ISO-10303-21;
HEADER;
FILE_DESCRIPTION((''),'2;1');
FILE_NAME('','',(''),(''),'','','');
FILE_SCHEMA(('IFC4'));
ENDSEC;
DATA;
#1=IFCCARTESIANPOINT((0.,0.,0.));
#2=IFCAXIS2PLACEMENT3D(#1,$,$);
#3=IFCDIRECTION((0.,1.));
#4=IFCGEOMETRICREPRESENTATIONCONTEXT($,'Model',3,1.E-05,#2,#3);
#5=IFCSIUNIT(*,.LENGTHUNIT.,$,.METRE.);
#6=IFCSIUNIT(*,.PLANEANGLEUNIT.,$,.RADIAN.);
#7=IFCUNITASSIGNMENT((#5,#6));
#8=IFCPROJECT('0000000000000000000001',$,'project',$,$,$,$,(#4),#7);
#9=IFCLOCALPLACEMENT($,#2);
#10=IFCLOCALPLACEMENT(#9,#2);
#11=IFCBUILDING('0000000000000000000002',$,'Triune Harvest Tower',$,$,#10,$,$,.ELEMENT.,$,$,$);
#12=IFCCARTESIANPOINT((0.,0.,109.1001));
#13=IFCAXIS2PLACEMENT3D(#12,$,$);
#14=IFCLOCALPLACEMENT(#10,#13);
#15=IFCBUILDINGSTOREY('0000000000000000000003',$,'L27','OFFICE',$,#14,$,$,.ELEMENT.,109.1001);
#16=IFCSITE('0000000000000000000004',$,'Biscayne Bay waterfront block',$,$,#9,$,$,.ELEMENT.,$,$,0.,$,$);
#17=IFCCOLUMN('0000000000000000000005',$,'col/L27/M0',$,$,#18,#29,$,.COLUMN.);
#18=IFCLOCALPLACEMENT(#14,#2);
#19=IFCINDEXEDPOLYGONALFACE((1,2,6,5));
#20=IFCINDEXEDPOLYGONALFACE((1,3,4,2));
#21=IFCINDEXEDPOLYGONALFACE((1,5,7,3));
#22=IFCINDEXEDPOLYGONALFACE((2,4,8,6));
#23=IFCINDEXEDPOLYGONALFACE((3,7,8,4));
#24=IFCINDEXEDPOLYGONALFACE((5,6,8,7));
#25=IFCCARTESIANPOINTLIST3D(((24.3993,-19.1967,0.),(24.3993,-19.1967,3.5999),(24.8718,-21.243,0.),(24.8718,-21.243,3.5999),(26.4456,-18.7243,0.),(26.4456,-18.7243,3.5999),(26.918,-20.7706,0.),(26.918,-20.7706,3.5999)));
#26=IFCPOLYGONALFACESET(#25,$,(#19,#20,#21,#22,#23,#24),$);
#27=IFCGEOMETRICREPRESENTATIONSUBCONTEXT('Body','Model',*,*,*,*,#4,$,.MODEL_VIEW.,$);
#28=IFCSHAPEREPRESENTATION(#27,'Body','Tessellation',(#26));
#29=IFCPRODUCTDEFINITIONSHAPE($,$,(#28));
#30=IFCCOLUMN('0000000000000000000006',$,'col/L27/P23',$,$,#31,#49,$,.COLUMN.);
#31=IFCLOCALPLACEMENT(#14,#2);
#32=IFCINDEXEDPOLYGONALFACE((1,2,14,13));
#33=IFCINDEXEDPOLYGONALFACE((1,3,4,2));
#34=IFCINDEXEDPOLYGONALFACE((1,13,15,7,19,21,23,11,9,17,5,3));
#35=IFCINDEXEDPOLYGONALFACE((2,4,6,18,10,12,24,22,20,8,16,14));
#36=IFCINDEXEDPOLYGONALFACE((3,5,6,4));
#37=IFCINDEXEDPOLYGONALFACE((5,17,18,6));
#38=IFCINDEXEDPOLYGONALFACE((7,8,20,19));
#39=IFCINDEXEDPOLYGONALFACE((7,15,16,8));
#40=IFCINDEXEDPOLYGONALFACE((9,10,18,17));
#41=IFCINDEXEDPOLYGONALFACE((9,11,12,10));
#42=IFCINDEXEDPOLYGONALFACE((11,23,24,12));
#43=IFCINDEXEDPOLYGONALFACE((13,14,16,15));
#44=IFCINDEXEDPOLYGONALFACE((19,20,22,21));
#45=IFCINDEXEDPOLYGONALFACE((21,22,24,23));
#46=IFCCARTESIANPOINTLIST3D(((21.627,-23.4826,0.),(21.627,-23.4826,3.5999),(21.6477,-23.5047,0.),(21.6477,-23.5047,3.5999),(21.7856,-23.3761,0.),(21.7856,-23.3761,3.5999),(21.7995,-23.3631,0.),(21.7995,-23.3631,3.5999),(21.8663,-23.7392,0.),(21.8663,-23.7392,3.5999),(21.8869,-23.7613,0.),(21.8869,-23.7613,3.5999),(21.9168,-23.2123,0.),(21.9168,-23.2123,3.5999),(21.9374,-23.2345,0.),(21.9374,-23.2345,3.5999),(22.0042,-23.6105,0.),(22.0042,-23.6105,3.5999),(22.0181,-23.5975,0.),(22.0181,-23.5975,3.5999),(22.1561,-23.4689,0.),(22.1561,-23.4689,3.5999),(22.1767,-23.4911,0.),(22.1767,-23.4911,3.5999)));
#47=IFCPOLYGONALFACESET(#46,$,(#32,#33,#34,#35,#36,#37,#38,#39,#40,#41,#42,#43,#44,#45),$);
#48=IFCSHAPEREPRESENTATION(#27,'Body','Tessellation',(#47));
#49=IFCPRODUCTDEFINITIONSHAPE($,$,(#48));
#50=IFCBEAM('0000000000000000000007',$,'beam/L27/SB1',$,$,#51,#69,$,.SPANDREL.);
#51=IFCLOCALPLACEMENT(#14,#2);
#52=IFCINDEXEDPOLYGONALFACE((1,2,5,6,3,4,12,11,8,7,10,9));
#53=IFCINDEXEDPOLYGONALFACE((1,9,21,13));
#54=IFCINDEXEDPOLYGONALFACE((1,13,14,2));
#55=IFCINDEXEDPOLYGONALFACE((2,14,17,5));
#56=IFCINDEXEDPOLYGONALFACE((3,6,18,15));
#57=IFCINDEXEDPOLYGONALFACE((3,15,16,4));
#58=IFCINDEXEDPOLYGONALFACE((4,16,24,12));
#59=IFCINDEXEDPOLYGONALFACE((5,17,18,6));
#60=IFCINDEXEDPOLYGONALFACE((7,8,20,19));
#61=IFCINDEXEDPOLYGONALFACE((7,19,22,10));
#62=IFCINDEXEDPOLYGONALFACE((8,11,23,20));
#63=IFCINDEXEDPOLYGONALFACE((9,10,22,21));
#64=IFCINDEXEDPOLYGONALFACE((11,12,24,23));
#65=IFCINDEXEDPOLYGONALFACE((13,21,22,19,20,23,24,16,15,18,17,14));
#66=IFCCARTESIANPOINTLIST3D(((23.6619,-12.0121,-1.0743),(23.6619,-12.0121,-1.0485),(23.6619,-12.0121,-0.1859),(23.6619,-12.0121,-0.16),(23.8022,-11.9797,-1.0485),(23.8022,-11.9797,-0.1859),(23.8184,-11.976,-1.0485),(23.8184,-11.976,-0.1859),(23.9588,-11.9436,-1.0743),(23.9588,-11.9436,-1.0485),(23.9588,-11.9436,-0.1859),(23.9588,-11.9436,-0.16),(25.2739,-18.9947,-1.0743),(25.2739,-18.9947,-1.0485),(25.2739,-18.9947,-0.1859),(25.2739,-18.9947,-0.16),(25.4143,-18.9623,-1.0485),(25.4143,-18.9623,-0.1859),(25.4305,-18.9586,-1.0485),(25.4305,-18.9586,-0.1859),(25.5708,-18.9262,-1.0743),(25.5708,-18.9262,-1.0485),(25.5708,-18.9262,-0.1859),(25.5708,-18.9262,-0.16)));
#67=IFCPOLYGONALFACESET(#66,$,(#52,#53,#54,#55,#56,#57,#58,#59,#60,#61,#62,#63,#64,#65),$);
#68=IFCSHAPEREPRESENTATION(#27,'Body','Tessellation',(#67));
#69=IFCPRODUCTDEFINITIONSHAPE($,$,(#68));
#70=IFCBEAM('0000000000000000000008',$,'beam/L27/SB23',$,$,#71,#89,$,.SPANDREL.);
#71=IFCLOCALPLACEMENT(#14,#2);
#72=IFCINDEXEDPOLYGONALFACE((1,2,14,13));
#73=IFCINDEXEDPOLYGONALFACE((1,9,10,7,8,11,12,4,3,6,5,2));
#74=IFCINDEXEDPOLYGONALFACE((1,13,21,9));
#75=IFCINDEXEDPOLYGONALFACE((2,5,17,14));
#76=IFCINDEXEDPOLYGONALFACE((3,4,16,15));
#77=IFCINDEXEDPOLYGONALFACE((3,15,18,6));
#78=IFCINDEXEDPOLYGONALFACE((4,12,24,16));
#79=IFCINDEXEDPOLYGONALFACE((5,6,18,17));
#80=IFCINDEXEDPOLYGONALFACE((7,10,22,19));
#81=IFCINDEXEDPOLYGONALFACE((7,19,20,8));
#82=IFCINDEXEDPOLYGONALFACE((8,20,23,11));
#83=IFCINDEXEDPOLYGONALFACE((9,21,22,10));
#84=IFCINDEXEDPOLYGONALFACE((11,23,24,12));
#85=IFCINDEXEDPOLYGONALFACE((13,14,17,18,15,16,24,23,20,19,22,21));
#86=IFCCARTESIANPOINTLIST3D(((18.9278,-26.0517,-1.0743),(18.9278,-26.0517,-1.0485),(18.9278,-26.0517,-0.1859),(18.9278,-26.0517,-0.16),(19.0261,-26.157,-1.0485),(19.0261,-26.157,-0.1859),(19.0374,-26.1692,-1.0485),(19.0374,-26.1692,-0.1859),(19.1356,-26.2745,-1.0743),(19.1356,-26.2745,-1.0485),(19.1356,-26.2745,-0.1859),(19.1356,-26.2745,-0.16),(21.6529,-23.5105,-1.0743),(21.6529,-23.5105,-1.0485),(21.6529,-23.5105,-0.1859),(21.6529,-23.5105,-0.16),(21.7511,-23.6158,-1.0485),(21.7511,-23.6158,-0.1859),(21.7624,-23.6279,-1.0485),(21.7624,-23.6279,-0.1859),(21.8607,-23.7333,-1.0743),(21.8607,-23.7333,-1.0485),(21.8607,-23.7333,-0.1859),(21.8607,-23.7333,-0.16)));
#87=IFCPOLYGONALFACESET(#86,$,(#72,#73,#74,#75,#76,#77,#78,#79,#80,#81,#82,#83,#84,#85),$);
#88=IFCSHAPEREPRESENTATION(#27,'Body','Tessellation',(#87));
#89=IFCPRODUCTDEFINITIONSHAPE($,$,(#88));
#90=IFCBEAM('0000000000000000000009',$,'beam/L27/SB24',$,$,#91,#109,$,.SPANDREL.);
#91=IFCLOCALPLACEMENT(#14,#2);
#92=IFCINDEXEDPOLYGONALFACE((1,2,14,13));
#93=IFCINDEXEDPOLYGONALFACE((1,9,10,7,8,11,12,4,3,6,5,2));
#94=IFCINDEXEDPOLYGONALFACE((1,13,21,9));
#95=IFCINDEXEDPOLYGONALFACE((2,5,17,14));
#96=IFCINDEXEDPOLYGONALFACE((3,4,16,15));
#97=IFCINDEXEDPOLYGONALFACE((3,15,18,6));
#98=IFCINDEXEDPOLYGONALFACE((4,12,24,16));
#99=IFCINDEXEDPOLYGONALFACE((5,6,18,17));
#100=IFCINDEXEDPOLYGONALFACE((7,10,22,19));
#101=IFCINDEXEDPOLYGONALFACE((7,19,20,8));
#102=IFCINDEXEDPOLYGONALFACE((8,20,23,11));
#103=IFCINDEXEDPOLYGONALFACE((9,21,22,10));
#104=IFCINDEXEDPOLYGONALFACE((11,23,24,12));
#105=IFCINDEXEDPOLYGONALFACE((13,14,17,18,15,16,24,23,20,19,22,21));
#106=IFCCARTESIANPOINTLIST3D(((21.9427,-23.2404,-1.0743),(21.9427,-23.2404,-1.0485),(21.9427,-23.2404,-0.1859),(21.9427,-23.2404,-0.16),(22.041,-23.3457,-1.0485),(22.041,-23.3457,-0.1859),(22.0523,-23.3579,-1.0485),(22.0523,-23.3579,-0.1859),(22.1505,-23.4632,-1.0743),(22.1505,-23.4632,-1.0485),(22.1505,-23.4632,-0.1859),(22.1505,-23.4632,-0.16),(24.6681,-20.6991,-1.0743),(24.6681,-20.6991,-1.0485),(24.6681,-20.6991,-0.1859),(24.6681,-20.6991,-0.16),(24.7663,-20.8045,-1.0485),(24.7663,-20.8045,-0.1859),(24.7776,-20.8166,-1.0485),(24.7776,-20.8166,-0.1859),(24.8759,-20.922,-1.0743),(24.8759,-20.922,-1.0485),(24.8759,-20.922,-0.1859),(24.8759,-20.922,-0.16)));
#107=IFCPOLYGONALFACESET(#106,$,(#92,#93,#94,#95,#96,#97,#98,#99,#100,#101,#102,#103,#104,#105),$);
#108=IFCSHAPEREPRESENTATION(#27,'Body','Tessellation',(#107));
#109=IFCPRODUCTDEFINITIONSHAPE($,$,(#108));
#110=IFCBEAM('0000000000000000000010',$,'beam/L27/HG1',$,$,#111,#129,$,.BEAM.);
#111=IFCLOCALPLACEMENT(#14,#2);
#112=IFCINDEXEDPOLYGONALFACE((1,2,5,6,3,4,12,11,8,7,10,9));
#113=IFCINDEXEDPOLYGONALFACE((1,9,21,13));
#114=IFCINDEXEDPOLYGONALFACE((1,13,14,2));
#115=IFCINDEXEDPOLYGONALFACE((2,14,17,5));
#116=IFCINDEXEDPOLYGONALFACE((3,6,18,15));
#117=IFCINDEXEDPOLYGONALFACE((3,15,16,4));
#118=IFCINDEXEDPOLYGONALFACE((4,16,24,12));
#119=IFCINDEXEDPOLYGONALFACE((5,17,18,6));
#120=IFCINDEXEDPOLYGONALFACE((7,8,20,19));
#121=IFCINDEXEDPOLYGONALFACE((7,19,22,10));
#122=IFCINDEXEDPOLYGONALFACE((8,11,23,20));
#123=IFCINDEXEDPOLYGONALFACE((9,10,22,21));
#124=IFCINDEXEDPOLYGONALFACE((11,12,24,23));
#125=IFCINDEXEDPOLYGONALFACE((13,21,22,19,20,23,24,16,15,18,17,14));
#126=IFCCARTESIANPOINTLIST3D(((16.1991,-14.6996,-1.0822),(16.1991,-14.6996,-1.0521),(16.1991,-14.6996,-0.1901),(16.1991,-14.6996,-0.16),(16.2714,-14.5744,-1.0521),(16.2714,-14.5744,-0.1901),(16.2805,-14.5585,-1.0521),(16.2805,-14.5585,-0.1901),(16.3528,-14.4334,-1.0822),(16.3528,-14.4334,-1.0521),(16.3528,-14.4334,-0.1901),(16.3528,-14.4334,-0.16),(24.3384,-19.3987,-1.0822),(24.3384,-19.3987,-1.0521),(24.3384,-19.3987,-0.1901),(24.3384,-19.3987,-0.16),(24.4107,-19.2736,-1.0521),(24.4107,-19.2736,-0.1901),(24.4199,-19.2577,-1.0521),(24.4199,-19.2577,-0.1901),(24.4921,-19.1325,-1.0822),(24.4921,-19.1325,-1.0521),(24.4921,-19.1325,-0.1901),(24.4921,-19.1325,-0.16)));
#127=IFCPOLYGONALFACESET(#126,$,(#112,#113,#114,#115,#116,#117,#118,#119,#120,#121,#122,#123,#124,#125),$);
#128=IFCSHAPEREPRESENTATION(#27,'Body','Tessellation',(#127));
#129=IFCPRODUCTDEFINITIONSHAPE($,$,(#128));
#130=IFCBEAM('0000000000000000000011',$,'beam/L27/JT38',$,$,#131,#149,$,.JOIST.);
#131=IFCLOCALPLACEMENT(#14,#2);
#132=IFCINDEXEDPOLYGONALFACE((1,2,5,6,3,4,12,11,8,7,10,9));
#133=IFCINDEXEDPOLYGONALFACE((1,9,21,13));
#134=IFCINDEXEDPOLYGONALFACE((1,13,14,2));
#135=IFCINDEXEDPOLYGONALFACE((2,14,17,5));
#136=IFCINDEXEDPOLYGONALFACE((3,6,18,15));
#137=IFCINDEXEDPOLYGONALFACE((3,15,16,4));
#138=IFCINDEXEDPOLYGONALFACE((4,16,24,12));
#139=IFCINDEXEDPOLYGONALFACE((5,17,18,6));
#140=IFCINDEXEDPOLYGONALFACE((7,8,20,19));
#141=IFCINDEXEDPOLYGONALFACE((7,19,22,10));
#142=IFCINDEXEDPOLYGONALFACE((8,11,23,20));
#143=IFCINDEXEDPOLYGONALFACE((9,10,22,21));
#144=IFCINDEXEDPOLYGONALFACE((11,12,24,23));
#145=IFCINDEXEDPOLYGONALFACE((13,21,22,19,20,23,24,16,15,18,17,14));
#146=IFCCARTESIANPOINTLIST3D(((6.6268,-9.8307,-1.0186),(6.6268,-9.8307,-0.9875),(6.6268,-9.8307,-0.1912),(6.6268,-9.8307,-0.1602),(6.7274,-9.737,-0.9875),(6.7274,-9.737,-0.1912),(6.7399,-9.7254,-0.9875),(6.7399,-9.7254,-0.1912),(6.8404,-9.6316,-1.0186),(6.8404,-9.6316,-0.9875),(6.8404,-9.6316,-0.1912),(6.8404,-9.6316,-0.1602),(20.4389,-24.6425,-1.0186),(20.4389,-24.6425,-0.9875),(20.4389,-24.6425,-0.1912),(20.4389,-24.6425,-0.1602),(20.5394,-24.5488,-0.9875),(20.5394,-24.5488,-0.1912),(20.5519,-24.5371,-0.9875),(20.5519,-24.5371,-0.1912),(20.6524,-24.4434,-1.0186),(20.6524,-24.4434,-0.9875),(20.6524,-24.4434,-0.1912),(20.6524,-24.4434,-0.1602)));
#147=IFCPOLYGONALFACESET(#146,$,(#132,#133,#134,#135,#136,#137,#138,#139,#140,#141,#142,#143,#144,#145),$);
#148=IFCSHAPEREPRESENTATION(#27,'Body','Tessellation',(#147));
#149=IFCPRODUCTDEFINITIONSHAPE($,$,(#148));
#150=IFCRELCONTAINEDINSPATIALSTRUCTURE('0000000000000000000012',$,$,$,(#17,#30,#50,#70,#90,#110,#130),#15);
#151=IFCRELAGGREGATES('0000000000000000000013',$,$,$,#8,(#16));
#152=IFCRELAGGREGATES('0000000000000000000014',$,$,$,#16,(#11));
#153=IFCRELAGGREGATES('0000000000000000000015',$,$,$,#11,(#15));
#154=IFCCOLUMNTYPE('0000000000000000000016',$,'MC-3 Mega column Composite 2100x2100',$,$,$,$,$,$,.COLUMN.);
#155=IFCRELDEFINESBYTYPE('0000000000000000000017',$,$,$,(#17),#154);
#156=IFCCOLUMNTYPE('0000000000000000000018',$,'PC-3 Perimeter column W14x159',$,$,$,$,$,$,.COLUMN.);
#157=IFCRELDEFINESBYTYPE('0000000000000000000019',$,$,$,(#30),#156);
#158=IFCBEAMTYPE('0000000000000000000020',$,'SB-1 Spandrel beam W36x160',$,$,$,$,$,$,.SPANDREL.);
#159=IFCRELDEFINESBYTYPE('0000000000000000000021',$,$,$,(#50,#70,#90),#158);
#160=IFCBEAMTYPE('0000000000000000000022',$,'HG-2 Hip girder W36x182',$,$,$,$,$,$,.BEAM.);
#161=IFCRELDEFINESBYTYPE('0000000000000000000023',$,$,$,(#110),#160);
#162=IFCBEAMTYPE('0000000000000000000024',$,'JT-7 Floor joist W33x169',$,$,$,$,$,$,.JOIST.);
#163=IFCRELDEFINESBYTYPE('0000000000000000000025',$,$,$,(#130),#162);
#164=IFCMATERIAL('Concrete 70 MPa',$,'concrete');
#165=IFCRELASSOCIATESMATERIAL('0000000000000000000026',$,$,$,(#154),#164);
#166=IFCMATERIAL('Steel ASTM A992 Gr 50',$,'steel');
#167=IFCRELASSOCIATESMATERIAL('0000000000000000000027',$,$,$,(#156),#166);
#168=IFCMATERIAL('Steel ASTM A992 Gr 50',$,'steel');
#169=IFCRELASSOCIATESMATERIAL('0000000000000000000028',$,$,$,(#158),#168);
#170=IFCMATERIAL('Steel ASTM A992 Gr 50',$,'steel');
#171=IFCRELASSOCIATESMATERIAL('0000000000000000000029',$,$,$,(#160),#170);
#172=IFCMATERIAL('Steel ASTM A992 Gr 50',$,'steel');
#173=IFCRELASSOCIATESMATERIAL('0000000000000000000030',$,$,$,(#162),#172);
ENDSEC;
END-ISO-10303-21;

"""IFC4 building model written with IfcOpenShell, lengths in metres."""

from ifc_helpers import new_model, si_unit, direction, frame, origin, origin_2d, place, context, subcontext, project, spatial, rectangle, i_section, extrude, source, transform, mapped, material, material_profile, profile_set, type_object, element, save


model = new_model("IFC4")

# Units and contexts
model_context = context("Model", 3, precision=1e-05, world=origin(), true_north=direction((0.0, 1.0)))
body_context = subcontext(model_context, "Body", "Model", "MODEL_VIEW")
ifc_project = project(units=[si_unit("LENGTHUNIT", "METRE"), si_unit("PLANEANGLEUNIT", "RADIAN")], contexts=[model_context])

# Site, building, storey
site_placement = place(None, origin())
site = spatial("IfcSite", under=ifc_project, at=site_placement, Name="Biscayne Bay waterfront block", CompositionType="ELEMENT", RefElevation=0.0)
building_placement = place(site_placement, origin())
building = spatial("IfcBuilding", under=site, at=building_placement, Name="Triune Harvest Tower", CompositionType="ELEMENT")
storey_placement = place(building_placement, frame((0.0, 0.0, 109.1001)))
storey = spatial("IfcBuildingStorey", under=building, at=storey_placement, Name="L27", Description="OFFICE", CompositionType="ELEMENT", Elevation=109.1001)

# Columns
ifc_material_1 = material(Name="Concrete 70 MPa", Category="concrete")
ifc_material_profile_1 = material_profile(ifc_material_1, rectangle(XDim=2.1001, YDim=2.1001, at=origin_2d()), Name="Composite 2100x2100")
ifc_profile_set_1 = profile_set([ifc_material_profile_1], Name="Concrete 70 MPa")
column_type_1 = type_object("IfcColumnType", Name="MC-3 Mega column Composite 2100x2100", PredefinedType="COLUMN", material=ifc_profile_set_1)
shared_shape_1 = source(origin(), body_context, "Body", "SweptSolid", [
    extrude(rectangle(XDim=2.1001, YDim=2.1001, at=origin_2d()), origin(), (0.0, 0.0, 1.0), 3.5999),
])
column_1_placement = place(storey_placement, frame((25.6587, -19.9836, 0.0), z_axis=(0.0, 0.0, 1.0), x_axis=(-0.224953, 0.97437, 0.0)))
element("IfcColumn", 1, at=column_1_placement, inside=storey, type_object=column_type_1, Name="col/L27/M0", PredefinedType="COLUMN", context=body_context, shape_type="MappedRepresentation", body=[
    mapped(shared_shape_1, transform((0.0, 0.0, 0.0), scale=1.0)),
])
ifc_material_2 = material(Name="Steel ASTM A992 Gr 50", Category="steel")
ifc_material_profile_2 = material_profile(ifc_material_2, i_section(OverallWidth=0.3962, OverallDepth=0.3811, WebThickness=0.019, FlangeThickness=0.0303, at=origin_2d()), Name="W14x159")
ifc_profile_set_2 = profile_set([ifc_material_profile_2], Name="Steel ASTM A992 Gr 50")
column_type_2 = type_object("IfcColumnType", Name="PC-3 Perimeter column W14x159", PredefinedType="COLUMN", material=ifc_profile_set_2)
shared_shape_2 = source(origin(), body_context, "Body", "SweptSolid", [
    extrude(i_section(OverallWidth=0.3962, OverallDepth=0.3811, WebThickness=0.019, FlangeThickness=0.0303, at=origin_2d()), origin(), (0.0, 0.0, 1.0), 3.5999),
])
column_2_placement = place(storey_placement, frame((21.9019, -23.4868, 0.0), z_axis=(0.0, 0.0, 1.0), x_axis=(0.731354, 0.681998, 0.0)))
element("IfcColumn", 2, at=column_2_placement, inside=storey, type_object=column_type_2, Name="col/L27/P23", PredefinedType="COLUMN", context=body_context, shape_type="MappedRepresentation", body=[
    mapped(shared_shape_2, transform((0.0, 0.0, 0.0), scale=1.0)),
])

# Beams
ifc_material_3 = material(Name="Steel ASTM A992 Gr 50", Category="steel")
ifc_material_profile_3 = material_profile(ifc_material_3, i_section(OverallWidth=0.3047, OverallDepth=0.9143, WebThickness=0.0166, FlangeThickness=0.0259, at=origin_2d()), Name="W36x160")
ifc_profile_set_3 = profile_set([ifc_material_profile_3], Name="Steel ASTM A992 Gr 50")
beam_type_1 = type_object("IfcBeamType", Name="SB-1 Spandrel beam W36x160", PredefinedType="SPANDREL", material=ifc_profile_set_3)
shared_shape_3 = source(origin(), body_context, "Body", "SweptSolid", [
    extrude(i_section(OverallWidth=0.3047, OverallDepth=0.9143, WebThickness=0.0166, FlangeThickness=0.0259, at=origin_2d()), origin(), (0.0, 0.0, 1.0), 7.1663),
])
beam_1_placement = place(storey_placement, frame((25.4224, -18.9604, -0.6172), z_axis=(-0.224949, 0.974371, 0.0), x_axis=(-0.974371, -0.224949, 0.0)))
element("IfcBeam", 3, at=beam_1_placement, inside=storey, type_object=beam_type_1, Name="beam/L27/SB1", PredefinedType="SPANDREL", context=body_context, shape_type="MappedRepresentation", body=[
    mapped(shared_shape_3, transform((0.0, 0.0, 0.0), scale=1.0)),
])
shared_shape_4 = source(origin(), body_context, "Body", "SweptSolid", [
    extrude(i_section(OverallWidth=0.3047, OverallDepth=0.9143, WebThickness=0.0166, FlangeThickness=0.0259, at=origin_2d()), origin(), (0.0, 0.0, 1.0), 3.7261),
])
beam_2_placement = place(storey_placement, frame((19.0317, -26.1631, -0.6172), z_axis=(0.731345, 0.682008, 0.0), x_axis=(-0.682008, 0.731345, 0.0)))
element("IfcBeam", 4, at=beam_2_placement, inside=storey, type_object=beam_type_1, Name="beam/L27/SB23", PredefinedType="SPANDREL", context=body_context, shape_type="MappedRepresentation", body=[
    mapped(shared_shape_4, transform((0.0, 0.0, 0.0), scale=1.0)),
])
shared_shape_5 = source(origin(), body_context, "Body", "SweptSolid", [
    extrude(i_section(OverallWidth=0.3047, OverallDepth=0.9143, WebThickness=0.0166, FlangeThickness=0.0259, at=origin_2d()), origin(), (0.0, 0.0, 1.0), 3.7263),
])
beam_3_placement = place(storey_placement, frame((22.0466, -23.3518, -0.6172), z_axis=(0.731375, 0.681975, 0.0), x_axis=(-0.681975, 0.731375, 0.0)))
element("IfcBeam", 5, at=beam_3_placement, inside=storey, type_object=beam_type_1, Name="beam/L27/SB24", PredefinedType="SPANDREL", context=body_context, shape_type="MappedRepresentation", body=[
    mapped(shared_shape_5, transform((0.0, 0.0, 0.0), scale=1.0)),
])
ifc_material_4 = material(Name="Steel ASTM A992 Gr 50", Category="steel")
ifc_material_profile_4 = material_profile(ifc_material_4, i_section(OverallWidth=0.3074, OverallDepth=0.9221, WebThickness=0.0183, FlangeThickness=0.03, at=origin_2d()), Name="W36x182")
ifc_profile_set_4 = profile_set([ifc_material_profile_4], Name="Steel ASTM A992 Gr 50")
beam_type_2 = type_object("IfcBeamType", Name="HG-2 Hip girder W36x182", PredefinedType="BEAM", material=ifc_profile_set_4)
shared_shape_6 = source(origin(), body_context, "Body", "SweptSolid", [
    extrude(i_section(OverallWidth=0.3074, OverallDepth=0.9221, WebThickness=0.0183, FlangeThickness=0.03, at=origin_2d()), origin(), (0.0, 0.0, 1.0), 9.3984),
])
beam_4_placement = place(storey_placement, frame((24.4153, -19.2656, -0.6211), z_axis=(-0.866029, 0.499995, 0.0), x_axis=(-0.499995, -0.866029, 0.0)))
element("IfcBeam", 6, at=beam_4_placement, inside=storey, type_object=beam_type_2, Name="beam/L27/HG1", PredefinedType="BEAM", context=body_context, shape_type="MappedRepresentation", body=[
    mapped(shared_shape_6, transform((0.0, 0.0, 0.0), scale=1.0)),
])
ifc_material_5 = material(Name="Steel ASTM A992 Gr 50", Category="steel")
ifc_material_profile_5 = material_profile(ifc_material_5, i_section(OverallWidth=0.292, OverallDepth=0.8584, WebThickness=0.0171, FlangeThickness=0.031, at=origin_2d()), Name="W33x169")
ifc_profile_set_5 = profile_set([ifc_material_profile_5], Name="Steel ASTM A992 Gr 50")
beam_type_3 = type_object("IfcBeamType", Name="JT-7 Floor joist W33x169", PredefinedType="JOIST", material=ifc_profile_set_5)
shared_shape_7 = source(origin(), body_context, "Body", "SweptSolid", [
    extrude(i_section(OverallWidth=0.292, OverallDepth=0.8584, WebThickness=0.0171, FlangeThickness=0.031, at=origin_2d()), origin(), (0.0, 0.0, 1.0), 20.2524),
])
beam_5_placement = place(storey_placement, frame((20.5457, -24.543, -0.5894), z_axis=(-0.681993, 0.731358, 0.0), x_axis=(-0.731358, -0.681993, 0.0)))
element("IfcBeam", 7, at=beam_5_placement, inside=storey, type_object=beam_type_3, Name="beam/L27/JT38", PredefinedType="JOIST", context=body_context, shape_type="MappedRepresentation", body=[
    mapped(shared_shape_7, transform((0.0, 0.0, 0.0), scale=1.0)),
])

save(model, "model.ifc")
